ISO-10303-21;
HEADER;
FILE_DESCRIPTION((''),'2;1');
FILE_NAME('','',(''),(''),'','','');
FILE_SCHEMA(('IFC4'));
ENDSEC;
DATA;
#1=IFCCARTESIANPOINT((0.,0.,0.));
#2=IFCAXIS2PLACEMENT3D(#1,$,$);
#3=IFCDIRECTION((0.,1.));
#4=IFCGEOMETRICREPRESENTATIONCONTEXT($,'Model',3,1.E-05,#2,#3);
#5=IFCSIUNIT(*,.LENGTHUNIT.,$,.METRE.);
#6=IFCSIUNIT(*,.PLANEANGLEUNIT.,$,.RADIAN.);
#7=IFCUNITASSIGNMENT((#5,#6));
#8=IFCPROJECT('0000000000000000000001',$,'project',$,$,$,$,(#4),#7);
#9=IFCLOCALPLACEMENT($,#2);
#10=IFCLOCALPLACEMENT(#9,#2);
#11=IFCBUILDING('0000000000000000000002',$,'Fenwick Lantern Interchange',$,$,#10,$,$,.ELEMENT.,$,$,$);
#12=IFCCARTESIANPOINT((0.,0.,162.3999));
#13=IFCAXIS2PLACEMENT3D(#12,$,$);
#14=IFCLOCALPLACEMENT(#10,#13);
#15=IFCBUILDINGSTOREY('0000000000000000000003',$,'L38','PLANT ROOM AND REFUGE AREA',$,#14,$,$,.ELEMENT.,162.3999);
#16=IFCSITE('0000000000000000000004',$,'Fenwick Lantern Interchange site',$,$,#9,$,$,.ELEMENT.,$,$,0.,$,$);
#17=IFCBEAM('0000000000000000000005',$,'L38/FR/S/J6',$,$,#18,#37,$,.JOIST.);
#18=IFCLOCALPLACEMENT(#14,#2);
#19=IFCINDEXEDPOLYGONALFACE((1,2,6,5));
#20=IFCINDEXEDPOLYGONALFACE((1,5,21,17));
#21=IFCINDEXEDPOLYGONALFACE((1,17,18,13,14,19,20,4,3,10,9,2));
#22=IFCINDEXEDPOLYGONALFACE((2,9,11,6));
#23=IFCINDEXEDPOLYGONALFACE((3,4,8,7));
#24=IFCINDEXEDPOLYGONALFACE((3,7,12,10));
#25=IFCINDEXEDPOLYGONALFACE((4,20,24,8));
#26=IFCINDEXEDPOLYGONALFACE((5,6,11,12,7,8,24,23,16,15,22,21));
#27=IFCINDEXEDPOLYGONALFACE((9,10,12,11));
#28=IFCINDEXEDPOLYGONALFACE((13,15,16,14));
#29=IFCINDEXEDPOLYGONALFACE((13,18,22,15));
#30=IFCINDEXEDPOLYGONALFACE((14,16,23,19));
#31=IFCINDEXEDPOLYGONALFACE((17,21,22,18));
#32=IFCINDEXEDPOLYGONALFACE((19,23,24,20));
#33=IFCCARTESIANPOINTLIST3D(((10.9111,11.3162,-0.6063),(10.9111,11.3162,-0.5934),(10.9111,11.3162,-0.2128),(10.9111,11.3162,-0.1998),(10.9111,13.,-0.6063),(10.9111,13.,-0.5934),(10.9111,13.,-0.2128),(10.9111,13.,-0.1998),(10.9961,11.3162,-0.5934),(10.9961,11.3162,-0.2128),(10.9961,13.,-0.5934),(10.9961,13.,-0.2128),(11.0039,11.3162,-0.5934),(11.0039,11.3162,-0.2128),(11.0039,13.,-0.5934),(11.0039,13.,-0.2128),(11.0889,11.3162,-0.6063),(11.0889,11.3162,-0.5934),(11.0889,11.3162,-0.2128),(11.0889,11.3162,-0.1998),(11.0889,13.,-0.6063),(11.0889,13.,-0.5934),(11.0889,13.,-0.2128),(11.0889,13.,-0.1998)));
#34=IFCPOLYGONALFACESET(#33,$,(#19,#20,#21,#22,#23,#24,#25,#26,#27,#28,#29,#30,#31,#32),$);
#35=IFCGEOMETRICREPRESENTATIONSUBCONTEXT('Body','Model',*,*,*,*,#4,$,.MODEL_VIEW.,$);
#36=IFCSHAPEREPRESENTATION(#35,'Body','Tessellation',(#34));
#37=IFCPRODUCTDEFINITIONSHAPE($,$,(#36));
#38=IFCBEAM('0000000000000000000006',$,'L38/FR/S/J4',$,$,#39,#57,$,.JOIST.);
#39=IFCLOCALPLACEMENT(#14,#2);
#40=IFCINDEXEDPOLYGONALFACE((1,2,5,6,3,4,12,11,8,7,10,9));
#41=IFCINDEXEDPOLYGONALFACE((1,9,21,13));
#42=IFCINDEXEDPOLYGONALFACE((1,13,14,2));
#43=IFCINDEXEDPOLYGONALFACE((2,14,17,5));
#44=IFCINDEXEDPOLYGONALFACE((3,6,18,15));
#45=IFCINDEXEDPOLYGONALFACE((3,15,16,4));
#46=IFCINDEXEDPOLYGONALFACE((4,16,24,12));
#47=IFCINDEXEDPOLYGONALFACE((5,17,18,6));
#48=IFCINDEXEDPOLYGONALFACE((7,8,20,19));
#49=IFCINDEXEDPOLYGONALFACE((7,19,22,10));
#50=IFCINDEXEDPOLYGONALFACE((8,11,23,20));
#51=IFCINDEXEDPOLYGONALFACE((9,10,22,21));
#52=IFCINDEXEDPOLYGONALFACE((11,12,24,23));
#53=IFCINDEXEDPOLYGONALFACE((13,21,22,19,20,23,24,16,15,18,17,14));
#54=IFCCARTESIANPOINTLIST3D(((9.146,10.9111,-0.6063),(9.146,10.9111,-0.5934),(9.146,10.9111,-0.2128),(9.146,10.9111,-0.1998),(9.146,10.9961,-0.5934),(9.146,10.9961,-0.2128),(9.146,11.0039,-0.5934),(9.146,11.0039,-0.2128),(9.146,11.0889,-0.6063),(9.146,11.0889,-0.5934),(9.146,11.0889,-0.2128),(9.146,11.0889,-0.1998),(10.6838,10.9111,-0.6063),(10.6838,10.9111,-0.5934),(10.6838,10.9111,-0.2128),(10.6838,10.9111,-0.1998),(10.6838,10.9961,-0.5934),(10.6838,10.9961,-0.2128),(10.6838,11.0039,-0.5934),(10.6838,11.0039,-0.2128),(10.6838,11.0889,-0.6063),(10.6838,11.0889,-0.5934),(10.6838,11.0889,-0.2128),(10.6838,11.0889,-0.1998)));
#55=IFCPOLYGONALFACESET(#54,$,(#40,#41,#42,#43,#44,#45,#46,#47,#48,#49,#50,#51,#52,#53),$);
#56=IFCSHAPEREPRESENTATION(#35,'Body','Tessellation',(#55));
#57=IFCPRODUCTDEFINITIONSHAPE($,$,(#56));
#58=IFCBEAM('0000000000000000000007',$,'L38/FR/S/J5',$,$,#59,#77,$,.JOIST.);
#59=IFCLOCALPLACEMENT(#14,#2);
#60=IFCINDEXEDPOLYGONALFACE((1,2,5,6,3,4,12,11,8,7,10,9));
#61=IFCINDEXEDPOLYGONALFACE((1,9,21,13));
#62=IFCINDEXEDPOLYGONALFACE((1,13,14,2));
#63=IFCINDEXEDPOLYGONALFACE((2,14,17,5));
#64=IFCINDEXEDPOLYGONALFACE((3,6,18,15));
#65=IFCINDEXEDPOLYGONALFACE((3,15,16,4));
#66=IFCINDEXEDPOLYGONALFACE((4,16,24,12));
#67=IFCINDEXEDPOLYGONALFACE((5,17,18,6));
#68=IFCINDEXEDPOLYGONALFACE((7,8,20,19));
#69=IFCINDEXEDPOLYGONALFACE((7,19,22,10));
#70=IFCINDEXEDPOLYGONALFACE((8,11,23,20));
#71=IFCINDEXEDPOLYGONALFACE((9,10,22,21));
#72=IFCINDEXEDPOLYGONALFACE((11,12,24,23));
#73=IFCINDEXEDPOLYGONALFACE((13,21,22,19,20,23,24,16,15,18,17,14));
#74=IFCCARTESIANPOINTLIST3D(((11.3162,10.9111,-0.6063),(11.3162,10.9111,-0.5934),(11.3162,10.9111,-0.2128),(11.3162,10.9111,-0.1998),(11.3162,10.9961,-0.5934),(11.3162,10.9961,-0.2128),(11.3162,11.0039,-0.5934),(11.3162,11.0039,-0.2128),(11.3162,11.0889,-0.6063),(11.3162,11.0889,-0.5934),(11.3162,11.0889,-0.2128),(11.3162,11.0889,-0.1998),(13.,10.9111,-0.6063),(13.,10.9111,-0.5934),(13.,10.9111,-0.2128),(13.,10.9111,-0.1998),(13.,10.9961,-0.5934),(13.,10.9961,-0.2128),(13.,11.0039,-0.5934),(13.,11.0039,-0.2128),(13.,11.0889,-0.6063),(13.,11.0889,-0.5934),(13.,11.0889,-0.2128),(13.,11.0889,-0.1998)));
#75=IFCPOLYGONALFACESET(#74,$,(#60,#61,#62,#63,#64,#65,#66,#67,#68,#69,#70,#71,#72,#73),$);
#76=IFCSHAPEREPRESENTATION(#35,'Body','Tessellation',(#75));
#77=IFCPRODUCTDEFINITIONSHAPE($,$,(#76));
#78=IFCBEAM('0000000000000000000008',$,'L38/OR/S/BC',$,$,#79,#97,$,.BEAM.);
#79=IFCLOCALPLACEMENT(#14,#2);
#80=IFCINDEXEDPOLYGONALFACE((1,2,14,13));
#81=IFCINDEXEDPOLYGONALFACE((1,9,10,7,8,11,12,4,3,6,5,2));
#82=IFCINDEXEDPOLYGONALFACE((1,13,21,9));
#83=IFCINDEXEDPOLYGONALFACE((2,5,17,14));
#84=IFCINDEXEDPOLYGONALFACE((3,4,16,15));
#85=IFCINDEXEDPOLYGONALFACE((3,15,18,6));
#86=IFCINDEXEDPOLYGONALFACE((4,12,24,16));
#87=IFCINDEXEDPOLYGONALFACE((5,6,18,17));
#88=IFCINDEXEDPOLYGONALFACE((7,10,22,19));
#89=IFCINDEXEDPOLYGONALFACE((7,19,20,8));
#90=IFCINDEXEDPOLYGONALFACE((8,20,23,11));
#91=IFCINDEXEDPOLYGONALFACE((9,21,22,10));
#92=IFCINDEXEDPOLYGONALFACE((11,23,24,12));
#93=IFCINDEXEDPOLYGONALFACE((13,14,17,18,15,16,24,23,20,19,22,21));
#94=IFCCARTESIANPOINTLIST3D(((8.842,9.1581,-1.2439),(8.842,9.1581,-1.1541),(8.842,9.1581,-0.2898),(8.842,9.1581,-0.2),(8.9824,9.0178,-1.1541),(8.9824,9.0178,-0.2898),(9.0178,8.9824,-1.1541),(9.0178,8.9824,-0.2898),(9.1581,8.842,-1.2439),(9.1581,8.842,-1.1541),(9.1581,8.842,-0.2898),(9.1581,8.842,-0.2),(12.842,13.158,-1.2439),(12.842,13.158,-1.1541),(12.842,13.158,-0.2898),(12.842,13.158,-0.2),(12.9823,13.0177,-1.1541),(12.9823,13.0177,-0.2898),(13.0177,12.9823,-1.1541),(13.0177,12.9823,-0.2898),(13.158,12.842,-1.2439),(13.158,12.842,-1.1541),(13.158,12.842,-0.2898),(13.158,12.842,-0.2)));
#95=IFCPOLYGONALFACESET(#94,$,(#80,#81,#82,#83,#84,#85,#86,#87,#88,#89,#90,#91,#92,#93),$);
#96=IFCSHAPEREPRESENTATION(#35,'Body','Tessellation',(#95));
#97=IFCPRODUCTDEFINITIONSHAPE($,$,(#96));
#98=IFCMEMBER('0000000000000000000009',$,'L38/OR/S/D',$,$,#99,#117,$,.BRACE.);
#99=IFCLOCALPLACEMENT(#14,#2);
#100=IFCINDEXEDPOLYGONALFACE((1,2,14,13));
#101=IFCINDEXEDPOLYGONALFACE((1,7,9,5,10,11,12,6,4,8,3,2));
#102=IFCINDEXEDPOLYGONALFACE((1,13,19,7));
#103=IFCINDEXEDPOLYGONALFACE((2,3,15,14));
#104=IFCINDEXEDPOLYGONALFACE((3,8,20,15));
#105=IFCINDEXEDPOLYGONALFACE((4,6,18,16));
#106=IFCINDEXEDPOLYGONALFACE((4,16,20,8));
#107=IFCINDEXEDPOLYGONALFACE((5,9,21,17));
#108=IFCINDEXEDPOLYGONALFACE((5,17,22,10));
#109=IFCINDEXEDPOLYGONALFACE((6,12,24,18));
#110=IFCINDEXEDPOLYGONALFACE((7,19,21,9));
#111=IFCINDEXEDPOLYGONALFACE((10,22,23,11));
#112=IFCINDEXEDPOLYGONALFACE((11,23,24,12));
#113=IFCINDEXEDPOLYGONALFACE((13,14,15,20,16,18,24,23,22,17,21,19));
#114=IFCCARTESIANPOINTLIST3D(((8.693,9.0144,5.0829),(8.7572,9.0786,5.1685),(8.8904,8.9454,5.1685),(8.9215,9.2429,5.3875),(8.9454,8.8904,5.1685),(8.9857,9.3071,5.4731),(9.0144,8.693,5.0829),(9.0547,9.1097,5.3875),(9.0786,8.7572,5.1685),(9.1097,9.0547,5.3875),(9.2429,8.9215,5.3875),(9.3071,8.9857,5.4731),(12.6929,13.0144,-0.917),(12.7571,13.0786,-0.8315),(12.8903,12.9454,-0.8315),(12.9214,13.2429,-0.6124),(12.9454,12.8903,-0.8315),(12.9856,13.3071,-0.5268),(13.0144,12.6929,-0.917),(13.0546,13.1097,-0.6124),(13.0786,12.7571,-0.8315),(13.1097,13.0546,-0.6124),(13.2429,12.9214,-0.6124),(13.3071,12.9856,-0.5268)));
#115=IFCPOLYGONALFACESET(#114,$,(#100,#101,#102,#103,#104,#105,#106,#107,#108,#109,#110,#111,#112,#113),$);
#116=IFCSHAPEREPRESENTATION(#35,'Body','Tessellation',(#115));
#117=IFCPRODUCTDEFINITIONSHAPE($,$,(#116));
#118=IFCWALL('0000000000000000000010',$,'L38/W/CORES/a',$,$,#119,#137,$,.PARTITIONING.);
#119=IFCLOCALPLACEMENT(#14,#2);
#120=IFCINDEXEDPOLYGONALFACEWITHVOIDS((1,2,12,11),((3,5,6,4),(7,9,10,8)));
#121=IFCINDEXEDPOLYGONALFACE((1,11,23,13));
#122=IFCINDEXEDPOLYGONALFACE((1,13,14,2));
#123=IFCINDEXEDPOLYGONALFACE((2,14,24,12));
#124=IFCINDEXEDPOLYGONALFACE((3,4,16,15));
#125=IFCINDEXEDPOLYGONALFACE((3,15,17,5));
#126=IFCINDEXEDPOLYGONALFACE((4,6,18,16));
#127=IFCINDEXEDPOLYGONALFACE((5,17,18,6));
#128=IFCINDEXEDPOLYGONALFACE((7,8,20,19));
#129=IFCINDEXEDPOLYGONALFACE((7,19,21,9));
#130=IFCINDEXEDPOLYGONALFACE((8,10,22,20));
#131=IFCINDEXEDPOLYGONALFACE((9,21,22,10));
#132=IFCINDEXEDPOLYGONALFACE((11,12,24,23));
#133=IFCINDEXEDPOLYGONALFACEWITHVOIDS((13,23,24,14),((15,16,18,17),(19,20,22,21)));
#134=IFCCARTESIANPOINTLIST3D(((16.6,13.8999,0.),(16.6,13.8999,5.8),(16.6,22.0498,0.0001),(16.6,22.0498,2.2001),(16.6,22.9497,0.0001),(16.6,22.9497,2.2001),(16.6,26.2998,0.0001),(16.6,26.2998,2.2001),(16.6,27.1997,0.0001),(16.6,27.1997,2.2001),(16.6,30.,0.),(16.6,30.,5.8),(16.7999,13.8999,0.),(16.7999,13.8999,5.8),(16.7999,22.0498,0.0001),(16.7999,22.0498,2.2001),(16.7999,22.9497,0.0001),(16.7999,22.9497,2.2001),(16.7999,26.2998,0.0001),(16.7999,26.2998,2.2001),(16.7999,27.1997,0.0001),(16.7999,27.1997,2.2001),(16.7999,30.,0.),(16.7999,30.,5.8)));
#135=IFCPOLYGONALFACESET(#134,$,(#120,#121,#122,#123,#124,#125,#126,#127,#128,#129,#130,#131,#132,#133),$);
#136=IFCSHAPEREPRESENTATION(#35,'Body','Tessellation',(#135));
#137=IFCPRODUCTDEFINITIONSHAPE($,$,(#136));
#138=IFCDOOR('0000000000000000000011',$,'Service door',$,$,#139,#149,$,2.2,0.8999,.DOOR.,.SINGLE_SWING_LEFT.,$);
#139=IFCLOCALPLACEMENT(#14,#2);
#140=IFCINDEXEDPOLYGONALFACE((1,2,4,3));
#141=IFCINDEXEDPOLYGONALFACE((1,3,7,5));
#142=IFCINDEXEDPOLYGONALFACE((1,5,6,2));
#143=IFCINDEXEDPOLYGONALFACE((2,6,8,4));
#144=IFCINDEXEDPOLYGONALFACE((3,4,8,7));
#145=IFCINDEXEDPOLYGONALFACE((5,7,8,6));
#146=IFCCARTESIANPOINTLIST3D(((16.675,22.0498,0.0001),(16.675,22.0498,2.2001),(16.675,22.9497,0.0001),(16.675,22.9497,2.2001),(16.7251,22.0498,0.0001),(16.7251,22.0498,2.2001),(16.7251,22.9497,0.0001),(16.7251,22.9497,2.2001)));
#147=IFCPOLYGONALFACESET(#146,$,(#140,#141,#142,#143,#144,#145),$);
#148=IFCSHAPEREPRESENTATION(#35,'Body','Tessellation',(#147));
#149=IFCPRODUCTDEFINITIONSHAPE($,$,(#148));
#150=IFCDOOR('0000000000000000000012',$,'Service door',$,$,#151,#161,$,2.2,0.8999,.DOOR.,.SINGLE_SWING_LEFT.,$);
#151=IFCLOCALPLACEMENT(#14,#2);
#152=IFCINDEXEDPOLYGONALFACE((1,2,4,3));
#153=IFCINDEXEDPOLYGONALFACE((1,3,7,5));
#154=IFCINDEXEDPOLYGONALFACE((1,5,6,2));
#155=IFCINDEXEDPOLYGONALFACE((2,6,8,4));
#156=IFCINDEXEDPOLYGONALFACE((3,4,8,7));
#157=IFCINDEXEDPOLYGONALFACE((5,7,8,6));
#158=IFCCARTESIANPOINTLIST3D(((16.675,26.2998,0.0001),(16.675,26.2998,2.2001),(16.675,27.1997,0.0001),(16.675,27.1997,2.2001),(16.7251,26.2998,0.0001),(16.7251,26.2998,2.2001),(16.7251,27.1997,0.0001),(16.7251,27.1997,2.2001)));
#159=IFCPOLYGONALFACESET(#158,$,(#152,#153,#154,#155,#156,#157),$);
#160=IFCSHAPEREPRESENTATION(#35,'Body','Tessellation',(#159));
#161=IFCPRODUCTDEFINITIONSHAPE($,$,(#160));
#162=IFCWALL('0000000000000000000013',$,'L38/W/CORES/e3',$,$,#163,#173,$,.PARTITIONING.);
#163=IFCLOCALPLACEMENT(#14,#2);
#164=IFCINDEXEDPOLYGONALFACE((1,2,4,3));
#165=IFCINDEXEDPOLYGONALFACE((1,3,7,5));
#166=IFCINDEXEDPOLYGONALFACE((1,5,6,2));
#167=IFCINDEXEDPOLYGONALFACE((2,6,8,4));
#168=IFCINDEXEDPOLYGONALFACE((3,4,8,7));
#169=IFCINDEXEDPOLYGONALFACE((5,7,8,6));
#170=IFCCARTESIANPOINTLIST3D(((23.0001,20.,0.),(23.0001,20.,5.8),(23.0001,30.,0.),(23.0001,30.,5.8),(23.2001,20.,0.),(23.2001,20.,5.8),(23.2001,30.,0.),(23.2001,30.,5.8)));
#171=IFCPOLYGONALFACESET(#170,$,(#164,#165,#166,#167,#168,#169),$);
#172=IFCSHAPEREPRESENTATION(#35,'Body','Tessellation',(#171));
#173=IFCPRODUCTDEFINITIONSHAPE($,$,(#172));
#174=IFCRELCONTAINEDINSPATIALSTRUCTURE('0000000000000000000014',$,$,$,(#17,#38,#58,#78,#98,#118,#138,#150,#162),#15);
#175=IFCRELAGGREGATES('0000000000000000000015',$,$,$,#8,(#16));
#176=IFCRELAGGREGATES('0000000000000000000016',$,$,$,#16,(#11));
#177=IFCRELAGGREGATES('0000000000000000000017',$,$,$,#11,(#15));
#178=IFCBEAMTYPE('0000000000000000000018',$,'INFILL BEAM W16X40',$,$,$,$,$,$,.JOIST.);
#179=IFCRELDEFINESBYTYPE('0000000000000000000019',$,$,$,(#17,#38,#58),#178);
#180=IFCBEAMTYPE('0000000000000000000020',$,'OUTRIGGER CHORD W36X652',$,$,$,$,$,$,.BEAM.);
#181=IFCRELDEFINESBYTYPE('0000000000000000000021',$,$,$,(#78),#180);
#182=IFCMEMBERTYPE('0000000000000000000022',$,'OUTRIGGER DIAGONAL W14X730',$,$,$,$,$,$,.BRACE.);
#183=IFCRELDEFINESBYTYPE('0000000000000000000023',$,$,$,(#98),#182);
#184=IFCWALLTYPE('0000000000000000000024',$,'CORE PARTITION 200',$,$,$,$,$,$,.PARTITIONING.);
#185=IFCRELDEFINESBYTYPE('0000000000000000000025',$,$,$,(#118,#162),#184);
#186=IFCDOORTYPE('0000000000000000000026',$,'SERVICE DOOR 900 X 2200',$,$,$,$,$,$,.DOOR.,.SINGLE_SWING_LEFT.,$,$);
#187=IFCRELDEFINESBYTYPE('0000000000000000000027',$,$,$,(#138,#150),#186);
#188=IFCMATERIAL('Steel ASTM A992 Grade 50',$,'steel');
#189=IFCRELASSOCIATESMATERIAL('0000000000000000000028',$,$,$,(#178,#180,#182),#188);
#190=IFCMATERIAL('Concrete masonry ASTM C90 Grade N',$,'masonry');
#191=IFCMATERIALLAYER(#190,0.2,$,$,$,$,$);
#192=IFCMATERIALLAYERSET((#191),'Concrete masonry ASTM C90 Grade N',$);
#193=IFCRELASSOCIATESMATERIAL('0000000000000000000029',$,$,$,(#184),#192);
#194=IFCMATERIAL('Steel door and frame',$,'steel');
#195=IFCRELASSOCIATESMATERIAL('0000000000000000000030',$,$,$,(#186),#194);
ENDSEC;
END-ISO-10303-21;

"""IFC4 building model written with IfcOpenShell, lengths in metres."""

from ifc_helpers import new_model, si_unit, direction, frame, frame_2d, origin, origin_2d, place, context, subcontext, project, spatial, rectangle, i_section, extrude, material, layer, layer_set, material_profile, profile_set, type_object, element, fill, save


model = new_model("IFC4")

# Units and contexts
model_context = context("Model", 3, precision=1e-05, world=origin(), true_north=direction((0.0, 1.0)))
body_context = subcontext(model_context, "Body", "Model", "MODEL_VIEW")
ifc_project = project(units=[si_unit("LENGTHUNIT", "METRE"), si_unit("PLANEANGLEUNIT", "RADIAN")], contexts=[model_context])

# Site, building, storey
site_placement = place(None, origin())
site = spatial("IfcSite", under=ifc_project, at=site_placement, Name="Fenwick Lantern Interchange site", CompositionType="ELEMENT", RefElevation=0.0)
building_placement = place(site_placement, origin())
building = spatial("IfcBuilding", under=site, at=building_placement, Name="Fenwick Lantern Interchange", CompositionType="ELEMENT")
storey_placement = place(building_placement, frame((0.0, 0.0, 162.3999)))
storey = spatial("IfcBuildingStorey", under=building, at=storey_placement, Name="L38", Description="PLANT ROOM AND REFUGE AREA", CompositionType="ELEMENT", Elevation=162.3999)

# Beams
ifc_material_1 = material(Name="Steel ASTM A992 Grade 50", Category="steel")
ifc_material_profile_1 = material_profile(ifc_material_1, i_section(OverallWidth=0.1777, OverallDepth=0.4065, WebThickness=0.0078, FlangeThickness=0.0129, at=origin_2d()), Name="W16X40")
ifc_profile_set_1 = profile_set([ifc_material_profile_1], Name="Steel ASTM A992 Grade 50")
beam_type_1 = type_object("IfcBeamType", Name="INFILL BEAM W16X40", PredefinedType="JOIST", material=ifc_profile_set_1)
beam_1_placement = place(storey_placement, frame((11.0, 11.3162, -0.4031), z_axis=(0.0, 1.0, 0.0), x_axis=(-1.0, 0.0, 0.0)))
element("IfcBeam", 1, at=beam_1_placement, inside=storey, type_object=beam_type_1, Name="L38/FR/S/J6", PredefinedType="JOIST", context=body_context, shape_type="SweptSolid", body=[
    extrude(i_section(OverallWidth=0.1777, OverallDepth=0.4065, WebThickness=0.0078, FlangeThickness=0.0129, at=origin_2d()), origin(), (0.0, 0.0, 1.0), 1.6838),
])
beam_2_placement = place(storey_placement, frame((9.146, 11.0, -0.4031), z_axis=(1.0, 0.0, 0.0), x_axis=(0.0, 1.0, 0.0)))
element("IfcBeam", 2, at=beam_2_placement, inside=storey, type_object=beam_type_1, Name="L38/FR/S/J4", PredefinedType="JOIST", context=body_context, shape_type="SweptSolid", body=[
    extrude(i_section(OverallWidth=0.1777, OverallDepth=0.4065, WebThickness=0.0078, FlangeThickness=0.0129, at=origin_2d()), origin(), (0.0, 0.0, 1.0), 1.5378),
])
beam_3_placement = place(storey_placement, frame((11.3162, 11.0, -0.4031), z_axis=(1.0, 0.0, 0.0), x_axis=(0.0, 1.0, 0.0)))
element("IfcBeam", 3, at=beam_3_placement, inside=storey, type_object=beam_type_1, Name="L38/FR/S/J5", PredefinedType="JOIST", context=body_context, shape_type="SweptSolid", body=[
    extrude(i_section(OverallWidth=0.1777, OverallDepth=0.4065, WebThickness=0.0078, FlangeThickness=0.0129, at=origin_2d()), origin(), (0.0, 0.0, 1.0), 1.6838),
])
ifc_material_profile_2 = material_profile(ifc_material_1, i_section(OverallWidth=0.447, OverallDepth=1.0439, WebThickness=0.05, FlangeThickness=0.0898, at=origin_2d()), Name="W36X652")
ifc_profile_set_2 = profile_set([ifc_material_profile_2], Name="Steel ASTM A992 Grade 50")
beam_type_2 = type_object("IfcBeamType", Name="OUTRIGGER CHORD W36X652", PredefinedType="BEAM", material=ifc_profile_set_2)
beam_4_placement = place(storey_placement, frame((13.0, 13.0, -0.7219), z_axis=(-0.707107, -0.707107, 0.0), x_axis=(0.707107, -0.707107, 0.0)))
element("IfcBeam", 4, at=beam_4_placement, inside=storey, type_object=beam_type_2, Name="L38/OR/S/BC", PredefinedType="BEAM", context=body_context, shape_type="SweptSolid", body=[
    extrude(i_section(OverallWidth=0.447, OverallDepth=1.0439, WebThickness=0.05, FlangeThickness=0.0898, at=origin_2d()), origin(), (0.0, 0.0, 1.0), 5.6567),
])

# Member
ifc_material_profile_3 = material_profile(ifc_material_1, i_section(OverallWidth=0.4546, OverallDepth=0.5688, WebThickness=0.0779, FlangeThickness=0.1248, at=origin_2d()), Name="W14X730")
ifc_profile_set_3 = profile_set([ifc_material_profile_3], Name="Steel ASTM A992 Grade 50")
member_type = type_object("IfcMemberType", Name="OUTRIGGER DIAGONAL W14X730", PredefinedType="BRACE", material=ifc_profile_set_3)
member_placement = place(storey_placement, frame((13.0, 13.0, -0.7219), z_axis=(-0.485071, -0.485071, 0.727607), x_axis=(0.707107, -0.707107, 0.0)))
element("IfcMember", 5, at=member_placement, inside=storey, type_object=member_type, Name="L38/OR/S/D", PredefinedType="BRACE", context=body_context, shape_type="SweptSolid", body=[
    extrude(i_section(OverallWidth=0.4546, OverallDepth=0.5688, WebThickness=0.0779, FlangeThickness=0.1248, at=origin_2d()), origin(), (0.0, 0.0, 1.0), 8.2461),
])

# Wall, openings, doors
ifc_material_2 = material(Name="Concrete masonry ASTM C90 Grade N", Category="masonry")
ifc_layer_1 = layer(ifc_material_2, 0.2)
ifc_layer_set_1 = layer_set([ifc_layer_1], Name="Concrete masonry ASTM C90 Grade N")
wall_type_1 = type_object("IfcWallType", Name="CORE PARTITION 200", PredefinedType="PARTITIONING", material=ifc_layer_set_1)
wall_1_placement = place(storey_placement, frame((16.7, 13.8999, 0.0), z_axis=(0.0, 0.0, 1.0), x_axis=(0.0, 1.0, 0.0)))
wall_1 = element("IfcWall", 6, at=wall_1_placement, inside=storey, type_object=wall_type_1, Name="L38/W/CORES/a", PredefinedType="PARTITIONING", context=body_context, shape_type="SweptSolid", body=[
    extrude(rectangle(XDim=16.1001, YDim=0.2, at=frame_2d((8.05, 0.0))), origin(), (0.0, 0.0, 1.0), 5.8),
])
opening_1_placement = place(wall_1_placement, frame((8.1499, 0.0, 0.0)))
opening_1 = element("IfcOpeningElement", 7, at=opening_1_placement, cuts=wall_1, PredefinedType="OPENING", context=body_context, shape_type="SweptSolid", body=[
    extrude(rectangle(XDim=0.8999, YDim=2.2, at=frame_2d((0.45, 1.1001))), frame((0.0, 0.1099, 0.0), z_axis=(0.0, -1.0, 0.0), x_axis=(1.0, 0.0, 0.0)), (0.0, 0.0, 1.0), 0.22),
])
opening_2_placement = place(wall_1_placement, frame((12.3999, 0.0, 0.0)))
opening_2 = element("IfcOpeningElement", 8, at=opening_2_placement, cuts=wall_1, PredefinedType="OPENING", context=body_context, shape_type="SweptSolid", body=[
    extrude(rectangle(XDim=0.8999, YDim=2.2, at=frame_2d((0.45, 1.1001))), frame((0.0, 0.1099, 0.0), z_axis=(0.0, -1.0, 0.0), x_axis=(1.0, 0.0, 0.0)), (0.0, 0.0, 1.0), 0.22),
])
ifc_material_3 = material(Name="Steel door and frame", Category="steel")
door_type_1 = type_object("IfcDoorType", Name="SERVICE DOOR 900 X 2200", OperationType="SINGLE_SWING_LEFT", PredefinedType="DOOR", material=ifc_material_3)
door_1_placement = place(opening_1_placement, origin())
door_1 = element("IfcDoor", 9, at=door_1_placement, inside=storey, type_object=door_type_1, Name="Service door", OperationType="SINGLE_SWING_LEFT", OverallHeight=2.2, OverallWidth=0.8999, PredefinedType="DOOR", context=body_context, shape_type="SweptSolid", body=[
    extrude(rectangle(XDim=0.8999, YDim=2.2, at=frame_2d((0.45, 1.1001))), frame((0.0, 0.0249, 0.0), z_axis=(0.0, -1.0, 0.0), x_axis=(1.0, 0.0, 0.0)), (0.0, 0.0, 1.0), 0.05),
])
fill(opening_1, door_1)
door_2_placement = place(opening_2_placement, origin())
door_2 = element("IfcDoor", 10, at=door_2_placement, inside=storey, type_object=door_type_1, Name="Service door", OperationType="SINGLE_SWING_LEFT", OverallHeight=2.2, OverallWidth=0.8999, PredefinedType="DOOR", context=body_context, shape_type="SweptSolid", body=[
    extrude(rectangle(XDim=0.8999, YDim=2.2, at=frame_2d((0.45, 1.1001))), frame((0.0, 0.0249, 0.0), z_axis=(0.0, -1.0, 0.0), x_axis=(1.0, 0.0, 0.0)), (0.0, 0.0, 1.0), 0.05),
])
fill(opening_2, door_2)

# Wall
wall_2_placement = place(storey_placement, frame((23.1001, 20.0, 0.0), z_axis=(0.0, 0.0, 1.0), x_axis=(0.0, 1.0, 0.0)))
element("IfcWall", 11, at=wall_2_placement, inside=storey, type_object=wall_type_1, Name="L38/W/CORES/e3", PredefinedType="PARTITIONING", context=body_context, shape_type="SweptSolid", body=[
    extrude(rectangle(XDim=10.0, YDim=0.2, at=frame_2d((5.0, 0.0))), origin(), (0.0, 0.0, 1.0), 5.8),
])

save(model, "model.ifc")
